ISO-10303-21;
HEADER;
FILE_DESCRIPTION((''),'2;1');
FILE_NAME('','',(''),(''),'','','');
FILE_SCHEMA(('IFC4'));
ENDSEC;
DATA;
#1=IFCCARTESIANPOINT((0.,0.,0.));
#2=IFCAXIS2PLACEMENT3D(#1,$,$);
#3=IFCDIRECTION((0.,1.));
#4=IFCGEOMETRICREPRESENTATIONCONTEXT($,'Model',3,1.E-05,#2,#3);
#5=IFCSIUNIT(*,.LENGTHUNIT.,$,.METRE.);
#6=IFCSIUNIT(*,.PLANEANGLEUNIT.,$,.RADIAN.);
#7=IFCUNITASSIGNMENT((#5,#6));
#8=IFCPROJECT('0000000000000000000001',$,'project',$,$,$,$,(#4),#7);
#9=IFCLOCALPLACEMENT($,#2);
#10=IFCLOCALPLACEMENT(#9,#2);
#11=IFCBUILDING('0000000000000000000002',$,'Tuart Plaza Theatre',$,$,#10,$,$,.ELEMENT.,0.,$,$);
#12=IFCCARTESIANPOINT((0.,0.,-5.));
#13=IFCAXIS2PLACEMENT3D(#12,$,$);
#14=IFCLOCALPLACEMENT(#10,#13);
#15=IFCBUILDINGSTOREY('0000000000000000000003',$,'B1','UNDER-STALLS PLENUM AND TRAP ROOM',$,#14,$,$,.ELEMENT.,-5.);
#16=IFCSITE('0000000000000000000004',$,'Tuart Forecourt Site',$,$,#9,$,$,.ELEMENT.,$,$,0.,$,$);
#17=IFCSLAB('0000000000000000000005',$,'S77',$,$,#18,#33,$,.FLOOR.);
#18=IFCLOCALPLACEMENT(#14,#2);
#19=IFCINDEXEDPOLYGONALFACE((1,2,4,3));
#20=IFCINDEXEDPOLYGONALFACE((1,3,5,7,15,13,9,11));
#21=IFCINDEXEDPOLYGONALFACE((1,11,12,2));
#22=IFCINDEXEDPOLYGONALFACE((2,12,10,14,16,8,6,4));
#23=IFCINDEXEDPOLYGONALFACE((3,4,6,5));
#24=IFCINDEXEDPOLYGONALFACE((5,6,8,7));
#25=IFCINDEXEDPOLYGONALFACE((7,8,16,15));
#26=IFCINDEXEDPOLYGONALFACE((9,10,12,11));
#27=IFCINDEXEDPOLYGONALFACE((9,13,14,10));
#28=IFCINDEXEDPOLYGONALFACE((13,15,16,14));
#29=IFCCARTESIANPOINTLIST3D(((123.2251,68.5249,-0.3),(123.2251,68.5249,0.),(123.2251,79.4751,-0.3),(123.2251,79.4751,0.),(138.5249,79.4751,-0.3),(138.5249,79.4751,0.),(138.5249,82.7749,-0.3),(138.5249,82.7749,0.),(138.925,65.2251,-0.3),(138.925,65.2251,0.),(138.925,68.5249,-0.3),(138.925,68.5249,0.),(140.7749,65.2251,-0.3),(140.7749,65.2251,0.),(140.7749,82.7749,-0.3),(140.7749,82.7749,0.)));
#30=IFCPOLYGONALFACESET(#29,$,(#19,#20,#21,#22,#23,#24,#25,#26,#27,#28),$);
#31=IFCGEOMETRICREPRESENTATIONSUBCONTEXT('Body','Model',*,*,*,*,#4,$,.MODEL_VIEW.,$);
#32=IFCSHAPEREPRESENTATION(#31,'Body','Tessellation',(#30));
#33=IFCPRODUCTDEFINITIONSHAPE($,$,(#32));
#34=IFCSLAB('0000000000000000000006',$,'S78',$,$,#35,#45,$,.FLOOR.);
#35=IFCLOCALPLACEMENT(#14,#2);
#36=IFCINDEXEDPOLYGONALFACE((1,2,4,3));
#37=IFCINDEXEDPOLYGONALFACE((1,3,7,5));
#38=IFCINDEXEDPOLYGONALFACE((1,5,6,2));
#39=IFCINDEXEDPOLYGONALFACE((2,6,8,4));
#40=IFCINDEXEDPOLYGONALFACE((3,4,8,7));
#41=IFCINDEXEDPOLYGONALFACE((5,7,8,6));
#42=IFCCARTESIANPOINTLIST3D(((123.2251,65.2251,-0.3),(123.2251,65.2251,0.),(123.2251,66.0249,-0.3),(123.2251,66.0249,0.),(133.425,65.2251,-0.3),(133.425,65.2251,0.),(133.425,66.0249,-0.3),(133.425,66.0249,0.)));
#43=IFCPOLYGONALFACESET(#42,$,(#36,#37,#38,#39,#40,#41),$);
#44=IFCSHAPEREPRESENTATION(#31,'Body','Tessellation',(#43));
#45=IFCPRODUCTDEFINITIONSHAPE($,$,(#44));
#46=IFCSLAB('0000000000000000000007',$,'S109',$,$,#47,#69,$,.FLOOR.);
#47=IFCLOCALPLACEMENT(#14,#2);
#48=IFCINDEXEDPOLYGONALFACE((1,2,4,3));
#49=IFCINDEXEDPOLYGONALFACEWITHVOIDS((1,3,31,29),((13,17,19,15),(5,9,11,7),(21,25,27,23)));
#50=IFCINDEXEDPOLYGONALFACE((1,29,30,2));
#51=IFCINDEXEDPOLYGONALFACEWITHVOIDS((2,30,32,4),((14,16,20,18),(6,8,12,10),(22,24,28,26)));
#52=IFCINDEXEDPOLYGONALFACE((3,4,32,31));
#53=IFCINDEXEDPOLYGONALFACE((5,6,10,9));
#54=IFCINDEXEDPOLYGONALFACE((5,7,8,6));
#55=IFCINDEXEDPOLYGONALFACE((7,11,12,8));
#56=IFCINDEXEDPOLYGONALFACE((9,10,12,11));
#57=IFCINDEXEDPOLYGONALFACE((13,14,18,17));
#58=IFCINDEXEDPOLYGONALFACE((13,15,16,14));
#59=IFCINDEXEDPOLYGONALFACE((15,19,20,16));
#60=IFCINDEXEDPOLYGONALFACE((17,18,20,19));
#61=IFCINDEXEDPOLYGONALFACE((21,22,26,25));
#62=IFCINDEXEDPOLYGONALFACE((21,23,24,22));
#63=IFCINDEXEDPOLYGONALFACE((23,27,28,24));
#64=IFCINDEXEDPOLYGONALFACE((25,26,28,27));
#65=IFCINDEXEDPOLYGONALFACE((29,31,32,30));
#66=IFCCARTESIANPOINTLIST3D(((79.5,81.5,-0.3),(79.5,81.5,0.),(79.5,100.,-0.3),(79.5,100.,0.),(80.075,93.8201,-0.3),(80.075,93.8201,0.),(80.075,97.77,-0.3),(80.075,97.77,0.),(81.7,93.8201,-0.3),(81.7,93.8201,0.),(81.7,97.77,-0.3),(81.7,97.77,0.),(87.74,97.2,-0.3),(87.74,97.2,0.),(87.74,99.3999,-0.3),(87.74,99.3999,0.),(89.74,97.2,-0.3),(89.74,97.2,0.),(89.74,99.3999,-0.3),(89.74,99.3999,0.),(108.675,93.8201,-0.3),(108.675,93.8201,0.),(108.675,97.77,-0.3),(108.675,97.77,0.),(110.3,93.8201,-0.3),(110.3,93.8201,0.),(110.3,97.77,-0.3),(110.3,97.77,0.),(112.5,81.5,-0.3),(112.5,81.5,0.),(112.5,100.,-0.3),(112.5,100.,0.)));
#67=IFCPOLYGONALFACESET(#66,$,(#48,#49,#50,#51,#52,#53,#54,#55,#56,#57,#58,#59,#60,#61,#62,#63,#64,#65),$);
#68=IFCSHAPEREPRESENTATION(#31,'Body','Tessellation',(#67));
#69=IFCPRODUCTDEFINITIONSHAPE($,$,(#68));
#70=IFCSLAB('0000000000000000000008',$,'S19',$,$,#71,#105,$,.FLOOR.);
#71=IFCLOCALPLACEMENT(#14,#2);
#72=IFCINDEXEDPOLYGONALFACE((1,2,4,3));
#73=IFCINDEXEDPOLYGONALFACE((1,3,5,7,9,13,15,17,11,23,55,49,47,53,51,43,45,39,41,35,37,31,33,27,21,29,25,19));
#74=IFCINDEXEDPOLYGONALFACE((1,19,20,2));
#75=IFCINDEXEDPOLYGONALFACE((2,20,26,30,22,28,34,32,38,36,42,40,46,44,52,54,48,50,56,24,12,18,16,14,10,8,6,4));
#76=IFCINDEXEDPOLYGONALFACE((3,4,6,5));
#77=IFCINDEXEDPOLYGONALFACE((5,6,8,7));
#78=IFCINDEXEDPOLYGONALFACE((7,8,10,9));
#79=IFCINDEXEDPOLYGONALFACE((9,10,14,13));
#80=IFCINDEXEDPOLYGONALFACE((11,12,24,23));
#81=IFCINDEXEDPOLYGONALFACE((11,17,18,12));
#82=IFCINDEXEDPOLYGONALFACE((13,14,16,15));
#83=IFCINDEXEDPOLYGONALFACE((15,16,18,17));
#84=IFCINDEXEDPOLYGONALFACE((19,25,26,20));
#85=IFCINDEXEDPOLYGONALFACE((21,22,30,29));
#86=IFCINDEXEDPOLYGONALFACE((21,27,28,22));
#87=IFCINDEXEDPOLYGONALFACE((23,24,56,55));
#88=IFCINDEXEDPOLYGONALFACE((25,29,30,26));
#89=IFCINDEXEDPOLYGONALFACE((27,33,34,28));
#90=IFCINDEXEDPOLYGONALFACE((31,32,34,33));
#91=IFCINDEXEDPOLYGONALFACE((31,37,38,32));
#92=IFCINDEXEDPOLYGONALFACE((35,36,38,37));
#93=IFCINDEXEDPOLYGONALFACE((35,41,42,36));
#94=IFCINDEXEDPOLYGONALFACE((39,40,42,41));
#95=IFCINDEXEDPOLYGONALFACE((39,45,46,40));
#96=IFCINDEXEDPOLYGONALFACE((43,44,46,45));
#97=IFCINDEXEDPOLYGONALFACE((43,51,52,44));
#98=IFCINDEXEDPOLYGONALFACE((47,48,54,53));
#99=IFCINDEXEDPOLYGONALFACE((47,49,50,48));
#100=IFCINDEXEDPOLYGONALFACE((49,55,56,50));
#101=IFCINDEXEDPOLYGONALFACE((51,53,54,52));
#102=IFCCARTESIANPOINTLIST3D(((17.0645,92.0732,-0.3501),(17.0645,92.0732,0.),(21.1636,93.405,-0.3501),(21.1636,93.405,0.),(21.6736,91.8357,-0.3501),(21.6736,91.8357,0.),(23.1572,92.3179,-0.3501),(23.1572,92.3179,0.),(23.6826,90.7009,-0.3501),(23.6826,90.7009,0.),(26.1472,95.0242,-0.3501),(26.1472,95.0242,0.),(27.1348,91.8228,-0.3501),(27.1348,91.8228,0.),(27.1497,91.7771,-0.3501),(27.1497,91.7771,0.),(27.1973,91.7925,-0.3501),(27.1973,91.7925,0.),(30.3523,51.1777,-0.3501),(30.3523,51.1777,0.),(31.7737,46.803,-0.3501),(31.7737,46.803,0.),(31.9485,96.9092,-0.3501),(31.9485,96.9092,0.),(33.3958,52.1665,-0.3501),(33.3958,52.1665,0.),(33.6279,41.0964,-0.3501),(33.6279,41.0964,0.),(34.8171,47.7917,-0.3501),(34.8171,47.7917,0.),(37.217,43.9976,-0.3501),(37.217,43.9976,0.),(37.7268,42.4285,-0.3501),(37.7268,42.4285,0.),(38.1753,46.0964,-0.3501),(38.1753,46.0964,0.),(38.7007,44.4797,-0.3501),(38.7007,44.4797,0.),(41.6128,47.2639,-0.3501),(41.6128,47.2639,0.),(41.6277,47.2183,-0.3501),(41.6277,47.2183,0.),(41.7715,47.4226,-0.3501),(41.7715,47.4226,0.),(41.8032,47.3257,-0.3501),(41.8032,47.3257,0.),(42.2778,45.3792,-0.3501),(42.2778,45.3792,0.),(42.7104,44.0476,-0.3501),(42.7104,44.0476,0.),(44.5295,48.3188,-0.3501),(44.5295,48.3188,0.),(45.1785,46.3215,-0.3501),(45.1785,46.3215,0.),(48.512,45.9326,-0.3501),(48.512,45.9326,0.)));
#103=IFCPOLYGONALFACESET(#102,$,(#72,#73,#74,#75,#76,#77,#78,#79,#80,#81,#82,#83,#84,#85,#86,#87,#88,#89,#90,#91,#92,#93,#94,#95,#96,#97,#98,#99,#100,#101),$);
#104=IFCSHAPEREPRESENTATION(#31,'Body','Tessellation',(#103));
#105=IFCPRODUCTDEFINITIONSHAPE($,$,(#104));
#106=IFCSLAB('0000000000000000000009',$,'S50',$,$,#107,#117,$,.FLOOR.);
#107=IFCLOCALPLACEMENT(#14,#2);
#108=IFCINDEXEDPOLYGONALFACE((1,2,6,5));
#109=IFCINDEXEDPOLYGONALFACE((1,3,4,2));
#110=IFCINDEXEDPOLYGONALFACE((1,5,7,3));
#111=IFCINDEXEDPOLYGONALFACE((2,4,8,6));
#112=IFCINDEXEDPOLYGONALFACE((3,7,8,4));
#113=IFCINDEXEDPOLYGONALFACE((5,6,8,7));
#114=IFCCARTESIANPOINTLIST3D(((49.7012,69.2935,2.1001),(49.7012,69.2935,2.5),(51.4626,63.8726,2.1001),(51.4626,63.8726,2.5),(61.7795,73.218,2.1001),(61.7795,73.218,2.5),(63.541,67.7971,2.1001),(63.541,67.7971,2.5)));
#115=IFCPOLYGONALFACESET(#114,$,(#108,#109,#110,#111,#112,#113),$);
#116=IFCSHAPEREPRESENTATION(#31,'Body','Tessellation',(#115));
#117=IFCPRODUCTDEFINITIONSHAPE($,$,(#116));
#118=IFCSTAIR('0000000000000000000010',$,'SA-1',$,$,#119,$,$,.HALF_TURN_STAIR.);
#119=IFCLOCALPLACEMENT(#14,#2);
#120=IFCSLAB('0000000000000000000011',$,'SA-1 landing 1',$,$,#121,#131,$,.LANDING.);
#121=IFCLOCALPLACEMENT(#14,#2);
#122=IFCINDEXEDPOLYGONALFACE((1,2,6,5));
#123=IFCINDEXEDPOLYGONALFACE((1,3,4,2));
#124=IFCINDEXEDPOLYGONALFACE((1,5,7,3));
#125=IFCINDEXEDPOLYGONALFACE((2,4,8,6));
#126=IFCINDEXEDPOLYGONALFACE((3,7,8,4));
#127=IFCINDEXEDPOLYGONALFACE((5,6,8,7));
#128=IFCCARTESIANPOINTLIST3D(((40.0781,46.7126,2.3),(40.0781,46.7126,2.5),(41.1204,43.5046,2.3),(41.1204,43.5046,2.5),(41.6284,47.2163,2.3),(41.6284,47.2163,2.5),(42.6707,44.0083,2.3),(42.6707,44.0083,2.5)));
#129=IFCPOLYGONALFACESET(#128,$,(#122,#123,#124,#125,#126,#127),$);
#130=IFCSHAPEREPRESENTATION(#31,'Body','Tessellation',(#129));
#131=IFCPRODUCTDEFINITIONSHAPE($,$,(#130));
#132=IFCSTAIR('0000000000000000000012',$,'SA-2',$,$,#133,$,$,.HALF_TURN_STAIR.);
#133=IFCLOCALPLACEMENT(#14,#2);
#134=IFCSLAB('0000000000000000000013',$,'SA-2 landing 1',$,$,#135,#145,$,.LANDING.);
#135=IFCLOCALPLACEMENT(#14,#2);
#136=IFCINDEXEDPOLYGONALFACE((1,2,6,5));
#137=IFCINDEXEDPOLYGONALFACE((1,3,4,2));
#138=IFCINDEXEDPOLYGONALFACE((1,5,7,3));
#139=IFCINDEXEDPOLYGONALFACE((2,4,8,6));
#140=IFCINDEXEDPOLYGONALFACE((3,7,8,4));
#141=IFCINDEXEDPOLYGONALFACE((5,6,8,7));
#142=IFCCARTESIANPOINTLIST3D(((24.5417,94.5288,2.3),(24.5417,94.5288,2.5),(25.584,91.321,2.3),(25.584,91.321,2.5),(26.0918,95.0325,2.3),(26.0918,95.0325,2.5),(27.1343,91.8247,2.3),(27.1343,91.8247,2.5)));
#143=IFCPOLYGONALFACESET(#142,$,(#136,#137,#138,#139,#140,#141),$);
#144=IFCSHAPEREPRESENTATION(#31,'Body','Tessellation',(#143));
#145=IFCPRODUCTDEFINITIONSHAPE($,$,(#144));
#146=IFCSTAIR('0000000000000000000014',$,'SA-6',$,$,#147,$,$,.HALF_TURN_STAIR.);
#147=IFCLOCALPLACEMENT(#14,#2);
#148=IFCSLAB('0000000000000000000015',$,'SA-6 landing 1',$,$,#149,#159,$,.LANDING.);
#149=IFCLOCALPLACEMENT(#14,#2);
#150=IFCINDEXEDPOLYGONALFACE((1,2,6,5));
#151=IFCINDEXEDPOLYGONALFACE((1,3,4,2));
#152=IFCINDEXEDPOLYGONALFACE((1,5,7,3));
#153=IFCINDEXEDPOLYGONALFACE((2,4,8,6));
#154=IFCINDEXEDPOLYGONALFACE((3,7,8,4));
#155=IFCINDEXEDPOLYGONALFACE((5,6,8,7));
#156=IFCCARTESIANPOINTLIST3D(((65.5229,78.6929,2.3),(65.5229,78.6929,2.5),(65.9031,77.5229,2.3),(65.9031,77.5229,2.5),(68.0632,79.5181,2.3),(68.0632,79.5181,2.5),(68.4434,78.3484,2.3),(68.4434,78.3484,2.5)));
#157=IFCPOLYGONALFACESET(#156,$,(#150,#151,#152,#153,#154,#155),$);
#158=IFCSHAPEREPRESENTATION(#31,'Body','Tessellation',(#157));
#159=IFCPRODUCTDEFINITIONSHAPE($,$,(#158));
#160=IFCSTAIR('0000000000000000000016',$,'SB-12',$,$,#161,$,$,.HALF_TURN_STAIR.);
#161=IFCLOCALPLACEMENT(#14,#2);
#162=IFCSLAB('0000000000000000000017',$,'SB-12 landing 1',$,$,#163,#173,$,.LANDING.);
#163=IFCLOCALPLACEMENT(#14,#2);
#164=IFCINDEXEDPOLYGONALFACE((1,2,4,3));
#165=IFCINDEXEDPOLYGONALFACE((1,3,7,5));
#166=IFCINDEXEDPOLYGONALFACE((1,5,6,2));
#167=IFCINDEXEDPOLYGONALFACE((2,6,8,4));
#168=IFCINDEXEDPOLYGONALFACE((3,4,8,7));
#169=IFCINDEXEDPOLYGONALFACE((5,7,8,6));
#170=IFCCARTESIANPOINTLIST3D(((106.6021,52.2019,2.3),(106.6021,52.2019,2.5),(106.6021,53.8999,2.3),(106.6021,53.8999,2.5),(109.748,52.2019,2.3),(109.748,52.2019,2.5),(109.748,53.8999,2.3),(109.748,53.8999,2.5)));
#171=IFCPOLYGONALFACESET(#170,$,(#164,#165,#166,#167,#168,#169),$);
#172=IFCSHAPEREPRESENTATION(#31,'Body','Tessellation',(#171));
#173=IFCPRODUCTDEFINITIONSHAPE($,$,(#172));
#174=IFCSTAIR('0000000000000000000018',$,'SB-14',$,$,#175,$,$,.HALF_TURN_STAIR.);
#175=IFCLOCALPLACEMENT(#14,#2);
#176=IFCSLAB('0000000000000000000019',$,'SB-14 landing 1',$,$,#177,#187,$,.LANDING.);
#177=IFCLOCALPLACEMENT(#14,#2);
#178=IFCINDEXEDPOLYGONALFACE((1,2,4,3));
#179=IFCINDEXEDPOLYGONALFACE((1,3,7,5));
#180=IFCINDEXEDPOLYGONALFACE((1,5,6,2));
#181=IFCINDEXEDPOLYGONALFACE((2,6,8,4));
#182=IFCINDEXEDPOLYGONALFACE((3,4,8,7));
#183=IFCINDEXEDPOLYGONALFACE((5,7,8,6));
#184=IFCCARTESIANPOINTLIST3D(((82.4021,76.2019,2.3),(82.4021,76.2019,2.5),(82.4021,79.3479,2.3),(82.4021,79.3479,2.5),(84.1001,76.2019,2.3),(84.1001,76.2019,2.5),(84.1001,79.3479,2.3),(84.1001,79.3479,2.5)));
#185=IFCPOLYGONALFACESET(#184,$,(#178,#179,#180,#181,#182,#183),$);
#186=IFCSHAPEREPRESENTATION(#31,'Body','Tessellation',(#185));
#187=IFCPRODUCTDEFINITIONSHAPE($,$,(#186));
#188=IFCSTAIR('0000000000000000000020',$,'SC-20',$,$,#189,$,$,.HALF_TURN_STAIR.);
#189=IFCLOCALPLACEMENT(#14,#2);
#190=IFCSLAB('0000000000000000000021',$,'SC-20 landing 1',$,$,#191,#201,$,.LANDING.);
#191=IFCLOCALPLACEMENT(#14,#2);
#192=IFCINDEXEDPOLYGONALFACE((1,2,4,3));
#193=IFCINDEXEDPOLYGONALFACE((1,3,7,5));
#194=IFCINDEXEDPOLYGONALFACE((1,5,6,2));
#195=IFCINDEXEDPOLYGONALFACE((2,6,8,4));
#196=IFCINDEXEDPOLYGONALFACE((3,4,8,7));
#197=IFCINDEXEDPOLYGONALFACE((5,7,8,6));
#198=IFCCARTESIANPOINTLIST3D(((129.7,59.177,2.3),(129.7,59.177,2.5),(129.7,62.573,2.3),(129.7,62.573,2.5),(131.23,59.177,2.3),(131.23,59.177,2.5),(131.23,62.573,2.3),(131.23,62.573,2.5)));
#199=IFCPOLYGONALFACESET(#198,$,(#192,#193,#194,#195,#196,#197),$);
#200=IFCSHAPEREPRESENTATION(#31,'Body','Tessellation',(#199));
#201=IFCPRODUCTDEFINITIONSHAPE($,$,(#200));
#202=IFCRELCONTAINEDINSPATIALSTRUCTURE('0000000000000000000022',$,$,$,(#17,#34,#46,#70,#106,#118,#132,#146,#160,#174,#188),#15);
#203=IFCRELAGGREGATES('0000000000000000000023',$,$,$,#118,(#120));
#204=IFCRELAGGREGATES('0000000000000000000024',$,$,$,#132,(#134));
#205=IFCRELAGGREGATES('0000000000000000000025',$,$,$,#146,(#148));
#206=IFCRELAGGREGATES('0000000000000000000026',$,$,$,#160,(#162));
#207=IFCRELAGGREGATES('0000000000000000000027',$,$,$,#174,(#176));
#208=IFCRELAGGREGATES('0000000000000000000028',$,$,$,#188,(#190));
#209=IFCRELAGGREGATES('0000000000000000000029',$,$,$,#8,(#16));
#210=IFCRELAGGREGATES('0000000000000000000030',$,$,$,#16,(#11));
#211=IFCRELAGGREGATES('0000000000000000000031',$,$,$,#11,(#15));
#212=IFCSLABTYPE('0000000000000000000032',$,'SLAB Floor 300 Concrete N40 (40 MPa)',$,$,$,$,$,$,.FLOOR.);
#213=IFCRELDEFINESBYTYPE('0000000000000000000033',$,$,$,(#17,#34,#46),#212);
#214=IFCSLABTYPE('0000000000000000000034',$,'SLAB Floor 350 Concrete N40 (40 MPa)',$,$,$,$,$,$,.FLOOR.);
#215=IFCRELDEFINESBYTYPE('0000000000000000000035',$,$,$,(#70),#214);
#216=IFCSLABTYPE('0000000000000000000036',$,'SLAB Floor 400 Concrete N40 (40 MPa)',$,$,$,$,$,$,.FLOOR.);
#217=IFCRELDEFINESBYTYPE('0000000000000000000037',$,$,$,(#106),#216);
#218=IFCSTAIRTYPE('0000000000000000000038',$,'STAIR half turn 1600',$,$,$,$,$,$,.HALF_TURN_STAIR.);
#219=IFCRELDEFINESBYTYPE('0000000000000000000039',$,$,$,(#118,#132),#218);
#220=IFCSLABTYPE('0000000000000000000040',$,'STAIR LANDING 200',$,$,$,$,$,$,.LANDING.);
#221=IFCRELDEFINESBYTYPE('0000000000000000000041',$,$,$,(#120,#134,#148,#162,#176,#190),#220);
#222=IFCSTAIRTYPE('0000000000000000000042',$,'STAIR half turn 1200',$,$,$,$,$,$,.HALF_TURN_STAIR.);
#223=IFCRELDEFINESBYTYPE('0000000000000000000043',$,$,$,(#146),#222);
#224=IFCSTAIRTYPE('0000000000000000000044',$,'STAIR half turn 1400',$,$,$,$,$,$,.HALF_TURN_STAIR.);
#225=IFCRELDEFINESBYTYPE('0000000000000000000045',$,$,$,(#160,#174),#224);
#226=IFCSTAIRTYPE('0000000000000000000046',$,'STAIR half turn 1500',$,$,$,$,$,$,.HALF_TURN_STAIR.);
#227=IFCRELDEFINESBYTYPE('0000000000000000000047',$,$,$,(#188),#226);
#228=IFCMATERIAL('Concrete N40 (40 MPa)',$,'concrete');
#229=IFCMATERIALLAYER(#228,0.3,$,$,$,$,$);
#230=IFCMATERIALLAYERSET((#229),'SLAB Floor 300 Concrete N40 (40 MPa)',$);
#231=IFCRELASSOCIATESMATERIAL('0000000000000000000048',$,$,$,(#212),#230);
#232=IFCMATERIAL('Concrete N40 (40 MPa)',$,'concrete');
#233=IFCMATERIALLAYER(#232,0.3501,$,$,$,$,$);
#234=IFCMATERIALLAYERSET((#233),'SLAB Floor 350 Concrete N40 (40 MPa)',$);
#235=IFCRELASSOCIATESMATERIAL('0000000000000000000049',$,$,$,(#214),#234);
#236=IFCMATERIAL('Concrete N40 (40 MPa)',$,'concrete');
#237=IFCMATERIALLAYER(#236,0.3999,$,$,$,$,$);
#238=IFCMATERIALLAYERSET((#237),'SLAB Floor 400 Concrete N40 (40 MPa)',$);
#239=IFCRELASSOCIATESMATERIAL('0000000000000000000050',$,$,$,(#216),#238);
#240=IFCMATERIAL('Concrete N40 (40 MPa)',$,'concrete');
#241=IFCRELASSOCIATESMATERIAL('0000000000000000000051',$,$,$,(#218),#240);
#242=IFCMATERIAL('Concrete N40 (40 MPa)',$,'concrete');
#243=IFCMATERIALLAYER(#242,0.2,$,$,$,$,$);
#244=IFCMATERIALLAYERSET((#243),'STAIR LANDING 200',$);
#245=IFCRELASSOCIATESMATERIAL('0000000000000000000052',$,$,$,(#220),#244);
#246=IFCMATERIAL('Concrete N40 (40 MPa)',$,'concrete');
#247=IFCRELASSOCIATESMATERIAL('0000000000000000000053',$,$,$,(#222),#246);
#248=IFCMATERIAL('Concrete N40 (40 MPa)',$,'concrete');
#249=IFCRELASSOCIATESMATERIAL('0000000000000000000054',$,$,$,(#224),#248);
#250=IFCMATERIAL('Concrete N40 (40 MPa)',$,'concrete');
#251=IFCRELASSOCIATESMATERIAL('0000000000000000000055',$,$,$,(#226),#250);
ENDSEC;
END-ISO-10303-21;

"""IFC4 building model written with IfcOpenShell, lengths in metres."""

from ifc_helpers import new_model, si_unit, direction, frame, origin, place, context, subcontext, project, spatial, polyline, outline, extrude, material, layer, layer_set, type_object, element, aggregate, save


model = new_model("IFC4")

# Units and contexts
model_context = context("Model", 3, precision=1e-05, world=origin(), true_north=direction((0.0, 1.0)))
body_context = subcontext(model_context, "Body", "Model", "MODEL_VIEW")
ifc_project = project(units=[si_unit("LENGTHUNIT", "METRE"), si_unit("PLANEANGLEUNIT", "RADIAN")], contexts=[model_context])

# Site, building, storey
site_placement = place(None, origin())
site = spatial("IfcSite", under=ifc_project, at=site_placement, Name="Tuart Forecourt Site", CompositionType="ELEMENT", RefElevation=0.0)
building_placement = place(site_placement, origin())
building = spatial("IfcBuilding", under=site, at=building_placement, Name="Tuart Plaza Theatre", CompositionType="ELEMENT", ElevationOfRefHeight=0.0)
storey_placement = place(building_placement, frame((0.0, 0.0, -5.0)))
storey = spatial("IfcBuildingStorey", under=building, at=storey_placement, Name="B1", Description="UNDER-STALLS PLENUM AND TRAP ROOM", CompositionType="ELEMENT", Elevation=-5.0)

# Slabs
ifc_material_1 = material(Name="Concrete N40 (40 MPa)", Category="concrete")
ifc_layer_1 = layer(ifc_material_1, 0.3)
ifc_layer_set_1 = layer_set([ifc_layer_1], Name="SLAB Floor 300 Concrete N40 (40 MPa)")
slab_type_1 = type_object("IfcSlabType", Name="SLAB Floor 300 Concrete N40 (40 MPa)", PredefinedType="FLOOR", material=ifc_layer_set_1)
slab_1_placement = place(storey_placement, frame((0.0, 0.0, -0.3)))
element("IfcSlab", 1, at=slab_1_placement, inside=storey, type_object=slab_type_1, Name="S77", PredefinedType="FLOOR", context=body_context, shape_type="SweptSolid", body=[
    extrude(outline(polyline([(138.925, 68.5249), (138.925, 65.2251), (140.7749, 65.2251), (140.7749, 82.7749), (138.5249, 82.7749), (138.5249, 79.4751), (123.2251, 79.4751), (123.2251, 68.5249), (138.925, 68.5249)])), origin(), (0.0, 0.0, 1.0), 0.3),
])
slab_2_placement = place(storey_placement, frame((0.0, 0.0, -0.3)))
element("IfcSlab", 2, at=slab_2_placement, inside=storey, type_object=slab_type_1, Name="S78", PredefinedType="FLOOR", context=body_context, shape_type="SweptSolid", body=[
    extrude(outline(polyline([(123.2251, 66.0249), (123.2251, 65.2251), (133.425, 65.2251), (133.425, 66.0249), (123.2251, 66.0249)])), origin(), (0.0, 0.0, 1.0), 0.3),
])
slab_3_placement = place(storey_placement, frame((0.0, 0.0, -0.3)))
element("IfcSlab", 3, at=slab_3_placement, inside=storey, type_object=slab_type_1, Name="S109", PredefinedType="FLOOR", context=body_context, shape_type="SweptSolid", body=[
    extrude(outline(polyline([(112.5, 81.5), (112.5, 100.0), (79.5, 100.0), (79.5, 81.5), (112.5, 81.5)]), holes=[polyline([(110.3, 93.8201), (110.3, 97.77), (108.675, 97.77), (108.675, 93.8201), (110.3, 93.8201)]), polyline([(87.74, 97.2), (89.74, 97.2), (89.74, 99.3999), (87.74, 99.3999), (87.74, 97.2)]), polyline([(81.7, 93.8201), (81.7, 97.77), (80.075, 97.77), (80.075, 93.8201), (81.7, 93.8201)])]), origin(), (0.0, 0.0, 1.0), 0.3),
])
ifc_material_2 = material(Name="Concrete N40 (40 MPa)", Category="concrete")
ifc_layer_2 = layer(ifc_material_2, 0.3501)
ifc_layer_set_2 = layer_set([ifc_layer_2], Name="SLAB Floor 350 Concrete N40 (40 MPa)")
slab_type_2 = type_object("IfcSlabType", Name="SLAB Floor 350 Concrete N40 (40 MPa)", PredefinedType="FLOOR", material=ifc_layer_set_2)
slab_4_placement = place(storey_placement, frame((0.0, 0.0, -0.3501)))
element("IfcSlab", 4, at=slab_4_placement, inside=storey, type_object=slab_type_2, Name="S19", PredefinedType="FLOOR", context=body_context, shape_type="SweptSolid", body=[
    extrude(outline(polyline([(17.0645, 92.0732), (30.3523, 51.1777), (33.3958, 52.1665), (34.8171, 47.7917), (31.7737, 46.803), (33.6279, 41.0964), (37.7268, 42.4285), (37.217, 43.9976), (38.7007, 44.4797), (38.1753, 46.0964), (41.6277, 47.2183), (41.6128, 47.2639), (41.8032, 47.3257), (41.7715, 47.4226), (44.5295, 48.3188), (45.1785, 46.3215), (42.2778, 45.3792), (42.7104, 44.0476), (48.512, 45.9326), (31.9485, 96.9092), (26.1472, 95.0242), (27.1973, 91.7925), (27.1497, 91.7771), (27.1348, 91.8228), (23.6826, 90.7009), (23.1572, 92.3179), (21.6736, 91.8357), (21.1636, 93.405), (17.0645, 92.0732)])), origin(), (0.0, 0.0, 1.0), 0.3501),
])
ifc_material_3 = material(Name="Concrete N40 (40 MPa)", Category="concrete")
ifc_layer_3 = layer(ifc_material_3, 0.3999)
ifc_layer_set_3 = layer_set([ifc_layer_3], Name="SLAB Floor 400 Concrete N40 (40 MPa)")
slab_type_3 = type_object("IfcSlabType", Name="SLAB Floor 400 Concrete N40 (40 MPa)", PredefinedType="FLOOR", material=ifc_layer_set_3)
slab_5_placement = place(storey_placement, frame((0.0, 0.0, 2.1001)))
element("IfcSlab", 5, at=slab_5_placement, inside=storey, type_object=slab_type_3, Name="S50", PredefinedType="FLOOR", context=body_context, shape_type="SweptSolid", body=[
    extrude(outline(polyline([(63.541, 67.7971), (61.7795, 73.218), (49.7012, 69.2935), (51.4626, 63.8726), (63.541, 67.7971)])), origin(), (0.0, 0.0, 1.0), 0.3999),
])

# Stairs, slabs
ifc_material_4 = material(Name="Concrete N40 (40 MPa)", Category="concrete")
stair_type_1 = type_object("IfcStairType", Name="STAIR half turn 1600", PredefinedType="HALF_TURN_STAIR", material=ifc_material_4)
stair_1_placement = place(storey_placement, origin())
stair_1 = element("IfcStair", 6, at=stair_1_placement, inside=storey, type_object=stair_type_1, Name="SA-1", PredefinedType="HALF_TURN_STAIR")
ifc_material_5 = material(Name="Concrete N40 (40 MPa)", Category="concrete")
ifc_layer_4 = layer(ifc_material_5, 0.2)
ifc_layer_set_4 = layer_set([ifc_layer_4], Name="STAIR LANDING 200")
slab_type_4 = type_object("IfcSlabType", Name="STAIR LANDING 200", PredefinedType="LANDING", material=ifc_layer_set_4)
slab_6_placement = place(storey_placement, frame((0.0, 0.0, 2.3)))
slab_6 = element("IfcSlab", 7, at=slab_6_placement, type_object=slab_type_4, Name="SA-1 landing 1", PredefinedType="LANDING", context=body_context, shape_type="SweptSolid", body=[
    extrude(outline(polyline([(41.1204, 43.5046), (42.6707, 44.0083), (41.6284, 47.2163), (40.0781, 46.7126), (41.1204, 43.5046)])), origin(), (0.0, 0.0, 1.0), 0.2),
])
aggregate(stair_1, [slab_6])
stair_2_placement = place(storey_placement, origin())
stair_2 = element("IfcStair", 8, at=stair_2_placement, inside=storey, type_object=stair_type_1, Name="SA-2", PredefinedType="HALF_TURN_STAIR")
slab_7_placement = place(storey_placement, frame((0.0, 0.0, 2.3)))
slab_7 = element("IfcSlab", 9, at=slab_7_placement, type_object=slab_type_4, Name="SA-2 landing 1", PredefinedType="LANDING", context=body_context, shape_type="SweptSolid", body=[
    extrude(outline(polyline([(24.5417, 94.5288), (26.0918, 95.0325), (27.1343, 91.8247), (25.584, 91.321), (24.5417, 94.5288)])), origin(), (0.0, 0.0, 1.0), 0.2),
])
aggregate(stair_2, [slab_7])
ifc_material_6 = material(Name="Concrete N40 (40 MPa)", Category="concrete")
stair_type_2 = type_object("IfcStairType", Name="STAIR half turn 1200", PredefinedType="HALF_TURN_STAIR", material=ifc_material_6)
stair_3_placement = place(storey_placement, origin())
stair_3 = element("IfcStair", 10, at=stair_3_placement, inside=storey, type_object=stair_type_2, Name="SA-6", PredefinedType="HALF_TURN_STAIR")
slab_8_placement = place(storey_placement, frame((0.0, 0.0, 2.3)))
slab_8 = element("IfcSlab", 11, at=slab_8_placement, type_object=slab_type_4, Name="SA-6 landing 1", PredefinedType="LANDING", context=body_context, shape_type="SweptSolid", body=[
    extrude(outline(polyline([(65.5229, 78.6929), (65.9031, 77.5229), (68.4434, 78.3484), (68.0632, 79.5181), (65.5229, 78.6929)])), origin(), (0.0, 0.0, 1.0), 0.2),
])
aggregate(stair_3, [slab_8])
ifc_material_7 = material(Name="Concrete N40 (40 MPa)", Category="concrete")
stair_type_3 = type_object("IfcStairType", Name="STAIR half turn 1400", PredefinedType="HALF_TURN_STAIR", material=ifc_material_7)
stair_4_placement = place(storey_placement, origin())
stair_4 = element("IfcStair", 12, at=stair_4_placement, inside=storey, type_object=stair_type_3, Name="SB-12", PredefinedType="HALF_TURN_STAIR")
slab_9_placement = place(storey_placement, frame((0.0, 0.0, 2.3)))
slab_9 = element("IfcSlab", 13, at=slab_9_placement, type_object=slab_type_4, Name="SB-12 landing 1", PredefinedType="LANDING", context=body_context, shape_type="SweptSolid", body=[
    extrude(outline(polyline([(106.6021, 53.8999), (106.6021, 52.2019), (109.748, 52.2019), (109.748, 53.8999), (106.6021, 53.8999)])), origin(), (0.0, 0.0, 1.0), 0.2),
])
aggregate(stair_4, [slab_9])
stair_5_placement = place(storey_placement, origin())
stair_5 = element("IfcStair", 14, at=stair_5_placement, inside=storey, type_object=stair_type_3, Name="SB-14", PredefinedType="HALF_TURN_STAIR")
slab_10_placement = place(storey_placement, frame((0.0, 0.0, 2.3)))
slab_10 = element("IfcSlab", 15, at=slab_10_placement, type_object=slab_type_4, Name="SB-14 landing 1", PredefinedType="LANDING", context=body_context, shape_type="SweptSolid", body=[
    extrude(outline(polyline([(84.1001, 79.3479), (82.4021, 79.3479), (82.4021, 76.2019), (84.1001, 76.2019), (84.1001, 79.3479)])), origin(), (0.0, 0.0, 1.0), 0.2),
])
aggregate(stair_5, [slab_10])
ifc_material_8 = material(Name="Concrete N40 (40 MPa)", Category="concrete")
stair_type_4 = type_object("IfcStairType", Name="STAIR half turn 1500", PredefinedType="HALF_TURN_STAIR", material=ifc_material_8)
stair_6_placement = place(storey_placement, origin())
stair_6 = element("IfcStair", 16, at=stair_6_placement, inside=storey, type_object=stair_type_4, Name="SC-20", PredefinedType="HALF_TURN_STAIR")
slab_11_placement = place(storey_placement, frame((0.0, 0.0, 2.3)))
slab_11 = element("IfcSlab", 17, at=slab_11_placement, type_object=slab_type_4, Name="SC-20 landing 1", PredefinedType="LANDING", context=body_context, shape_type="SweptSolid", body=[
    extrude(outline(polyline([(129.7, 59.177), (131.23, 59.177), (131.23, 62.573), (129.7, 62.573), (129.7, 59.177)])), origin(), (0.0, 0.0, 1.0), 0.2),
])
aggregate(stair_6, [slab_11])

save(model, "model.ifc")
